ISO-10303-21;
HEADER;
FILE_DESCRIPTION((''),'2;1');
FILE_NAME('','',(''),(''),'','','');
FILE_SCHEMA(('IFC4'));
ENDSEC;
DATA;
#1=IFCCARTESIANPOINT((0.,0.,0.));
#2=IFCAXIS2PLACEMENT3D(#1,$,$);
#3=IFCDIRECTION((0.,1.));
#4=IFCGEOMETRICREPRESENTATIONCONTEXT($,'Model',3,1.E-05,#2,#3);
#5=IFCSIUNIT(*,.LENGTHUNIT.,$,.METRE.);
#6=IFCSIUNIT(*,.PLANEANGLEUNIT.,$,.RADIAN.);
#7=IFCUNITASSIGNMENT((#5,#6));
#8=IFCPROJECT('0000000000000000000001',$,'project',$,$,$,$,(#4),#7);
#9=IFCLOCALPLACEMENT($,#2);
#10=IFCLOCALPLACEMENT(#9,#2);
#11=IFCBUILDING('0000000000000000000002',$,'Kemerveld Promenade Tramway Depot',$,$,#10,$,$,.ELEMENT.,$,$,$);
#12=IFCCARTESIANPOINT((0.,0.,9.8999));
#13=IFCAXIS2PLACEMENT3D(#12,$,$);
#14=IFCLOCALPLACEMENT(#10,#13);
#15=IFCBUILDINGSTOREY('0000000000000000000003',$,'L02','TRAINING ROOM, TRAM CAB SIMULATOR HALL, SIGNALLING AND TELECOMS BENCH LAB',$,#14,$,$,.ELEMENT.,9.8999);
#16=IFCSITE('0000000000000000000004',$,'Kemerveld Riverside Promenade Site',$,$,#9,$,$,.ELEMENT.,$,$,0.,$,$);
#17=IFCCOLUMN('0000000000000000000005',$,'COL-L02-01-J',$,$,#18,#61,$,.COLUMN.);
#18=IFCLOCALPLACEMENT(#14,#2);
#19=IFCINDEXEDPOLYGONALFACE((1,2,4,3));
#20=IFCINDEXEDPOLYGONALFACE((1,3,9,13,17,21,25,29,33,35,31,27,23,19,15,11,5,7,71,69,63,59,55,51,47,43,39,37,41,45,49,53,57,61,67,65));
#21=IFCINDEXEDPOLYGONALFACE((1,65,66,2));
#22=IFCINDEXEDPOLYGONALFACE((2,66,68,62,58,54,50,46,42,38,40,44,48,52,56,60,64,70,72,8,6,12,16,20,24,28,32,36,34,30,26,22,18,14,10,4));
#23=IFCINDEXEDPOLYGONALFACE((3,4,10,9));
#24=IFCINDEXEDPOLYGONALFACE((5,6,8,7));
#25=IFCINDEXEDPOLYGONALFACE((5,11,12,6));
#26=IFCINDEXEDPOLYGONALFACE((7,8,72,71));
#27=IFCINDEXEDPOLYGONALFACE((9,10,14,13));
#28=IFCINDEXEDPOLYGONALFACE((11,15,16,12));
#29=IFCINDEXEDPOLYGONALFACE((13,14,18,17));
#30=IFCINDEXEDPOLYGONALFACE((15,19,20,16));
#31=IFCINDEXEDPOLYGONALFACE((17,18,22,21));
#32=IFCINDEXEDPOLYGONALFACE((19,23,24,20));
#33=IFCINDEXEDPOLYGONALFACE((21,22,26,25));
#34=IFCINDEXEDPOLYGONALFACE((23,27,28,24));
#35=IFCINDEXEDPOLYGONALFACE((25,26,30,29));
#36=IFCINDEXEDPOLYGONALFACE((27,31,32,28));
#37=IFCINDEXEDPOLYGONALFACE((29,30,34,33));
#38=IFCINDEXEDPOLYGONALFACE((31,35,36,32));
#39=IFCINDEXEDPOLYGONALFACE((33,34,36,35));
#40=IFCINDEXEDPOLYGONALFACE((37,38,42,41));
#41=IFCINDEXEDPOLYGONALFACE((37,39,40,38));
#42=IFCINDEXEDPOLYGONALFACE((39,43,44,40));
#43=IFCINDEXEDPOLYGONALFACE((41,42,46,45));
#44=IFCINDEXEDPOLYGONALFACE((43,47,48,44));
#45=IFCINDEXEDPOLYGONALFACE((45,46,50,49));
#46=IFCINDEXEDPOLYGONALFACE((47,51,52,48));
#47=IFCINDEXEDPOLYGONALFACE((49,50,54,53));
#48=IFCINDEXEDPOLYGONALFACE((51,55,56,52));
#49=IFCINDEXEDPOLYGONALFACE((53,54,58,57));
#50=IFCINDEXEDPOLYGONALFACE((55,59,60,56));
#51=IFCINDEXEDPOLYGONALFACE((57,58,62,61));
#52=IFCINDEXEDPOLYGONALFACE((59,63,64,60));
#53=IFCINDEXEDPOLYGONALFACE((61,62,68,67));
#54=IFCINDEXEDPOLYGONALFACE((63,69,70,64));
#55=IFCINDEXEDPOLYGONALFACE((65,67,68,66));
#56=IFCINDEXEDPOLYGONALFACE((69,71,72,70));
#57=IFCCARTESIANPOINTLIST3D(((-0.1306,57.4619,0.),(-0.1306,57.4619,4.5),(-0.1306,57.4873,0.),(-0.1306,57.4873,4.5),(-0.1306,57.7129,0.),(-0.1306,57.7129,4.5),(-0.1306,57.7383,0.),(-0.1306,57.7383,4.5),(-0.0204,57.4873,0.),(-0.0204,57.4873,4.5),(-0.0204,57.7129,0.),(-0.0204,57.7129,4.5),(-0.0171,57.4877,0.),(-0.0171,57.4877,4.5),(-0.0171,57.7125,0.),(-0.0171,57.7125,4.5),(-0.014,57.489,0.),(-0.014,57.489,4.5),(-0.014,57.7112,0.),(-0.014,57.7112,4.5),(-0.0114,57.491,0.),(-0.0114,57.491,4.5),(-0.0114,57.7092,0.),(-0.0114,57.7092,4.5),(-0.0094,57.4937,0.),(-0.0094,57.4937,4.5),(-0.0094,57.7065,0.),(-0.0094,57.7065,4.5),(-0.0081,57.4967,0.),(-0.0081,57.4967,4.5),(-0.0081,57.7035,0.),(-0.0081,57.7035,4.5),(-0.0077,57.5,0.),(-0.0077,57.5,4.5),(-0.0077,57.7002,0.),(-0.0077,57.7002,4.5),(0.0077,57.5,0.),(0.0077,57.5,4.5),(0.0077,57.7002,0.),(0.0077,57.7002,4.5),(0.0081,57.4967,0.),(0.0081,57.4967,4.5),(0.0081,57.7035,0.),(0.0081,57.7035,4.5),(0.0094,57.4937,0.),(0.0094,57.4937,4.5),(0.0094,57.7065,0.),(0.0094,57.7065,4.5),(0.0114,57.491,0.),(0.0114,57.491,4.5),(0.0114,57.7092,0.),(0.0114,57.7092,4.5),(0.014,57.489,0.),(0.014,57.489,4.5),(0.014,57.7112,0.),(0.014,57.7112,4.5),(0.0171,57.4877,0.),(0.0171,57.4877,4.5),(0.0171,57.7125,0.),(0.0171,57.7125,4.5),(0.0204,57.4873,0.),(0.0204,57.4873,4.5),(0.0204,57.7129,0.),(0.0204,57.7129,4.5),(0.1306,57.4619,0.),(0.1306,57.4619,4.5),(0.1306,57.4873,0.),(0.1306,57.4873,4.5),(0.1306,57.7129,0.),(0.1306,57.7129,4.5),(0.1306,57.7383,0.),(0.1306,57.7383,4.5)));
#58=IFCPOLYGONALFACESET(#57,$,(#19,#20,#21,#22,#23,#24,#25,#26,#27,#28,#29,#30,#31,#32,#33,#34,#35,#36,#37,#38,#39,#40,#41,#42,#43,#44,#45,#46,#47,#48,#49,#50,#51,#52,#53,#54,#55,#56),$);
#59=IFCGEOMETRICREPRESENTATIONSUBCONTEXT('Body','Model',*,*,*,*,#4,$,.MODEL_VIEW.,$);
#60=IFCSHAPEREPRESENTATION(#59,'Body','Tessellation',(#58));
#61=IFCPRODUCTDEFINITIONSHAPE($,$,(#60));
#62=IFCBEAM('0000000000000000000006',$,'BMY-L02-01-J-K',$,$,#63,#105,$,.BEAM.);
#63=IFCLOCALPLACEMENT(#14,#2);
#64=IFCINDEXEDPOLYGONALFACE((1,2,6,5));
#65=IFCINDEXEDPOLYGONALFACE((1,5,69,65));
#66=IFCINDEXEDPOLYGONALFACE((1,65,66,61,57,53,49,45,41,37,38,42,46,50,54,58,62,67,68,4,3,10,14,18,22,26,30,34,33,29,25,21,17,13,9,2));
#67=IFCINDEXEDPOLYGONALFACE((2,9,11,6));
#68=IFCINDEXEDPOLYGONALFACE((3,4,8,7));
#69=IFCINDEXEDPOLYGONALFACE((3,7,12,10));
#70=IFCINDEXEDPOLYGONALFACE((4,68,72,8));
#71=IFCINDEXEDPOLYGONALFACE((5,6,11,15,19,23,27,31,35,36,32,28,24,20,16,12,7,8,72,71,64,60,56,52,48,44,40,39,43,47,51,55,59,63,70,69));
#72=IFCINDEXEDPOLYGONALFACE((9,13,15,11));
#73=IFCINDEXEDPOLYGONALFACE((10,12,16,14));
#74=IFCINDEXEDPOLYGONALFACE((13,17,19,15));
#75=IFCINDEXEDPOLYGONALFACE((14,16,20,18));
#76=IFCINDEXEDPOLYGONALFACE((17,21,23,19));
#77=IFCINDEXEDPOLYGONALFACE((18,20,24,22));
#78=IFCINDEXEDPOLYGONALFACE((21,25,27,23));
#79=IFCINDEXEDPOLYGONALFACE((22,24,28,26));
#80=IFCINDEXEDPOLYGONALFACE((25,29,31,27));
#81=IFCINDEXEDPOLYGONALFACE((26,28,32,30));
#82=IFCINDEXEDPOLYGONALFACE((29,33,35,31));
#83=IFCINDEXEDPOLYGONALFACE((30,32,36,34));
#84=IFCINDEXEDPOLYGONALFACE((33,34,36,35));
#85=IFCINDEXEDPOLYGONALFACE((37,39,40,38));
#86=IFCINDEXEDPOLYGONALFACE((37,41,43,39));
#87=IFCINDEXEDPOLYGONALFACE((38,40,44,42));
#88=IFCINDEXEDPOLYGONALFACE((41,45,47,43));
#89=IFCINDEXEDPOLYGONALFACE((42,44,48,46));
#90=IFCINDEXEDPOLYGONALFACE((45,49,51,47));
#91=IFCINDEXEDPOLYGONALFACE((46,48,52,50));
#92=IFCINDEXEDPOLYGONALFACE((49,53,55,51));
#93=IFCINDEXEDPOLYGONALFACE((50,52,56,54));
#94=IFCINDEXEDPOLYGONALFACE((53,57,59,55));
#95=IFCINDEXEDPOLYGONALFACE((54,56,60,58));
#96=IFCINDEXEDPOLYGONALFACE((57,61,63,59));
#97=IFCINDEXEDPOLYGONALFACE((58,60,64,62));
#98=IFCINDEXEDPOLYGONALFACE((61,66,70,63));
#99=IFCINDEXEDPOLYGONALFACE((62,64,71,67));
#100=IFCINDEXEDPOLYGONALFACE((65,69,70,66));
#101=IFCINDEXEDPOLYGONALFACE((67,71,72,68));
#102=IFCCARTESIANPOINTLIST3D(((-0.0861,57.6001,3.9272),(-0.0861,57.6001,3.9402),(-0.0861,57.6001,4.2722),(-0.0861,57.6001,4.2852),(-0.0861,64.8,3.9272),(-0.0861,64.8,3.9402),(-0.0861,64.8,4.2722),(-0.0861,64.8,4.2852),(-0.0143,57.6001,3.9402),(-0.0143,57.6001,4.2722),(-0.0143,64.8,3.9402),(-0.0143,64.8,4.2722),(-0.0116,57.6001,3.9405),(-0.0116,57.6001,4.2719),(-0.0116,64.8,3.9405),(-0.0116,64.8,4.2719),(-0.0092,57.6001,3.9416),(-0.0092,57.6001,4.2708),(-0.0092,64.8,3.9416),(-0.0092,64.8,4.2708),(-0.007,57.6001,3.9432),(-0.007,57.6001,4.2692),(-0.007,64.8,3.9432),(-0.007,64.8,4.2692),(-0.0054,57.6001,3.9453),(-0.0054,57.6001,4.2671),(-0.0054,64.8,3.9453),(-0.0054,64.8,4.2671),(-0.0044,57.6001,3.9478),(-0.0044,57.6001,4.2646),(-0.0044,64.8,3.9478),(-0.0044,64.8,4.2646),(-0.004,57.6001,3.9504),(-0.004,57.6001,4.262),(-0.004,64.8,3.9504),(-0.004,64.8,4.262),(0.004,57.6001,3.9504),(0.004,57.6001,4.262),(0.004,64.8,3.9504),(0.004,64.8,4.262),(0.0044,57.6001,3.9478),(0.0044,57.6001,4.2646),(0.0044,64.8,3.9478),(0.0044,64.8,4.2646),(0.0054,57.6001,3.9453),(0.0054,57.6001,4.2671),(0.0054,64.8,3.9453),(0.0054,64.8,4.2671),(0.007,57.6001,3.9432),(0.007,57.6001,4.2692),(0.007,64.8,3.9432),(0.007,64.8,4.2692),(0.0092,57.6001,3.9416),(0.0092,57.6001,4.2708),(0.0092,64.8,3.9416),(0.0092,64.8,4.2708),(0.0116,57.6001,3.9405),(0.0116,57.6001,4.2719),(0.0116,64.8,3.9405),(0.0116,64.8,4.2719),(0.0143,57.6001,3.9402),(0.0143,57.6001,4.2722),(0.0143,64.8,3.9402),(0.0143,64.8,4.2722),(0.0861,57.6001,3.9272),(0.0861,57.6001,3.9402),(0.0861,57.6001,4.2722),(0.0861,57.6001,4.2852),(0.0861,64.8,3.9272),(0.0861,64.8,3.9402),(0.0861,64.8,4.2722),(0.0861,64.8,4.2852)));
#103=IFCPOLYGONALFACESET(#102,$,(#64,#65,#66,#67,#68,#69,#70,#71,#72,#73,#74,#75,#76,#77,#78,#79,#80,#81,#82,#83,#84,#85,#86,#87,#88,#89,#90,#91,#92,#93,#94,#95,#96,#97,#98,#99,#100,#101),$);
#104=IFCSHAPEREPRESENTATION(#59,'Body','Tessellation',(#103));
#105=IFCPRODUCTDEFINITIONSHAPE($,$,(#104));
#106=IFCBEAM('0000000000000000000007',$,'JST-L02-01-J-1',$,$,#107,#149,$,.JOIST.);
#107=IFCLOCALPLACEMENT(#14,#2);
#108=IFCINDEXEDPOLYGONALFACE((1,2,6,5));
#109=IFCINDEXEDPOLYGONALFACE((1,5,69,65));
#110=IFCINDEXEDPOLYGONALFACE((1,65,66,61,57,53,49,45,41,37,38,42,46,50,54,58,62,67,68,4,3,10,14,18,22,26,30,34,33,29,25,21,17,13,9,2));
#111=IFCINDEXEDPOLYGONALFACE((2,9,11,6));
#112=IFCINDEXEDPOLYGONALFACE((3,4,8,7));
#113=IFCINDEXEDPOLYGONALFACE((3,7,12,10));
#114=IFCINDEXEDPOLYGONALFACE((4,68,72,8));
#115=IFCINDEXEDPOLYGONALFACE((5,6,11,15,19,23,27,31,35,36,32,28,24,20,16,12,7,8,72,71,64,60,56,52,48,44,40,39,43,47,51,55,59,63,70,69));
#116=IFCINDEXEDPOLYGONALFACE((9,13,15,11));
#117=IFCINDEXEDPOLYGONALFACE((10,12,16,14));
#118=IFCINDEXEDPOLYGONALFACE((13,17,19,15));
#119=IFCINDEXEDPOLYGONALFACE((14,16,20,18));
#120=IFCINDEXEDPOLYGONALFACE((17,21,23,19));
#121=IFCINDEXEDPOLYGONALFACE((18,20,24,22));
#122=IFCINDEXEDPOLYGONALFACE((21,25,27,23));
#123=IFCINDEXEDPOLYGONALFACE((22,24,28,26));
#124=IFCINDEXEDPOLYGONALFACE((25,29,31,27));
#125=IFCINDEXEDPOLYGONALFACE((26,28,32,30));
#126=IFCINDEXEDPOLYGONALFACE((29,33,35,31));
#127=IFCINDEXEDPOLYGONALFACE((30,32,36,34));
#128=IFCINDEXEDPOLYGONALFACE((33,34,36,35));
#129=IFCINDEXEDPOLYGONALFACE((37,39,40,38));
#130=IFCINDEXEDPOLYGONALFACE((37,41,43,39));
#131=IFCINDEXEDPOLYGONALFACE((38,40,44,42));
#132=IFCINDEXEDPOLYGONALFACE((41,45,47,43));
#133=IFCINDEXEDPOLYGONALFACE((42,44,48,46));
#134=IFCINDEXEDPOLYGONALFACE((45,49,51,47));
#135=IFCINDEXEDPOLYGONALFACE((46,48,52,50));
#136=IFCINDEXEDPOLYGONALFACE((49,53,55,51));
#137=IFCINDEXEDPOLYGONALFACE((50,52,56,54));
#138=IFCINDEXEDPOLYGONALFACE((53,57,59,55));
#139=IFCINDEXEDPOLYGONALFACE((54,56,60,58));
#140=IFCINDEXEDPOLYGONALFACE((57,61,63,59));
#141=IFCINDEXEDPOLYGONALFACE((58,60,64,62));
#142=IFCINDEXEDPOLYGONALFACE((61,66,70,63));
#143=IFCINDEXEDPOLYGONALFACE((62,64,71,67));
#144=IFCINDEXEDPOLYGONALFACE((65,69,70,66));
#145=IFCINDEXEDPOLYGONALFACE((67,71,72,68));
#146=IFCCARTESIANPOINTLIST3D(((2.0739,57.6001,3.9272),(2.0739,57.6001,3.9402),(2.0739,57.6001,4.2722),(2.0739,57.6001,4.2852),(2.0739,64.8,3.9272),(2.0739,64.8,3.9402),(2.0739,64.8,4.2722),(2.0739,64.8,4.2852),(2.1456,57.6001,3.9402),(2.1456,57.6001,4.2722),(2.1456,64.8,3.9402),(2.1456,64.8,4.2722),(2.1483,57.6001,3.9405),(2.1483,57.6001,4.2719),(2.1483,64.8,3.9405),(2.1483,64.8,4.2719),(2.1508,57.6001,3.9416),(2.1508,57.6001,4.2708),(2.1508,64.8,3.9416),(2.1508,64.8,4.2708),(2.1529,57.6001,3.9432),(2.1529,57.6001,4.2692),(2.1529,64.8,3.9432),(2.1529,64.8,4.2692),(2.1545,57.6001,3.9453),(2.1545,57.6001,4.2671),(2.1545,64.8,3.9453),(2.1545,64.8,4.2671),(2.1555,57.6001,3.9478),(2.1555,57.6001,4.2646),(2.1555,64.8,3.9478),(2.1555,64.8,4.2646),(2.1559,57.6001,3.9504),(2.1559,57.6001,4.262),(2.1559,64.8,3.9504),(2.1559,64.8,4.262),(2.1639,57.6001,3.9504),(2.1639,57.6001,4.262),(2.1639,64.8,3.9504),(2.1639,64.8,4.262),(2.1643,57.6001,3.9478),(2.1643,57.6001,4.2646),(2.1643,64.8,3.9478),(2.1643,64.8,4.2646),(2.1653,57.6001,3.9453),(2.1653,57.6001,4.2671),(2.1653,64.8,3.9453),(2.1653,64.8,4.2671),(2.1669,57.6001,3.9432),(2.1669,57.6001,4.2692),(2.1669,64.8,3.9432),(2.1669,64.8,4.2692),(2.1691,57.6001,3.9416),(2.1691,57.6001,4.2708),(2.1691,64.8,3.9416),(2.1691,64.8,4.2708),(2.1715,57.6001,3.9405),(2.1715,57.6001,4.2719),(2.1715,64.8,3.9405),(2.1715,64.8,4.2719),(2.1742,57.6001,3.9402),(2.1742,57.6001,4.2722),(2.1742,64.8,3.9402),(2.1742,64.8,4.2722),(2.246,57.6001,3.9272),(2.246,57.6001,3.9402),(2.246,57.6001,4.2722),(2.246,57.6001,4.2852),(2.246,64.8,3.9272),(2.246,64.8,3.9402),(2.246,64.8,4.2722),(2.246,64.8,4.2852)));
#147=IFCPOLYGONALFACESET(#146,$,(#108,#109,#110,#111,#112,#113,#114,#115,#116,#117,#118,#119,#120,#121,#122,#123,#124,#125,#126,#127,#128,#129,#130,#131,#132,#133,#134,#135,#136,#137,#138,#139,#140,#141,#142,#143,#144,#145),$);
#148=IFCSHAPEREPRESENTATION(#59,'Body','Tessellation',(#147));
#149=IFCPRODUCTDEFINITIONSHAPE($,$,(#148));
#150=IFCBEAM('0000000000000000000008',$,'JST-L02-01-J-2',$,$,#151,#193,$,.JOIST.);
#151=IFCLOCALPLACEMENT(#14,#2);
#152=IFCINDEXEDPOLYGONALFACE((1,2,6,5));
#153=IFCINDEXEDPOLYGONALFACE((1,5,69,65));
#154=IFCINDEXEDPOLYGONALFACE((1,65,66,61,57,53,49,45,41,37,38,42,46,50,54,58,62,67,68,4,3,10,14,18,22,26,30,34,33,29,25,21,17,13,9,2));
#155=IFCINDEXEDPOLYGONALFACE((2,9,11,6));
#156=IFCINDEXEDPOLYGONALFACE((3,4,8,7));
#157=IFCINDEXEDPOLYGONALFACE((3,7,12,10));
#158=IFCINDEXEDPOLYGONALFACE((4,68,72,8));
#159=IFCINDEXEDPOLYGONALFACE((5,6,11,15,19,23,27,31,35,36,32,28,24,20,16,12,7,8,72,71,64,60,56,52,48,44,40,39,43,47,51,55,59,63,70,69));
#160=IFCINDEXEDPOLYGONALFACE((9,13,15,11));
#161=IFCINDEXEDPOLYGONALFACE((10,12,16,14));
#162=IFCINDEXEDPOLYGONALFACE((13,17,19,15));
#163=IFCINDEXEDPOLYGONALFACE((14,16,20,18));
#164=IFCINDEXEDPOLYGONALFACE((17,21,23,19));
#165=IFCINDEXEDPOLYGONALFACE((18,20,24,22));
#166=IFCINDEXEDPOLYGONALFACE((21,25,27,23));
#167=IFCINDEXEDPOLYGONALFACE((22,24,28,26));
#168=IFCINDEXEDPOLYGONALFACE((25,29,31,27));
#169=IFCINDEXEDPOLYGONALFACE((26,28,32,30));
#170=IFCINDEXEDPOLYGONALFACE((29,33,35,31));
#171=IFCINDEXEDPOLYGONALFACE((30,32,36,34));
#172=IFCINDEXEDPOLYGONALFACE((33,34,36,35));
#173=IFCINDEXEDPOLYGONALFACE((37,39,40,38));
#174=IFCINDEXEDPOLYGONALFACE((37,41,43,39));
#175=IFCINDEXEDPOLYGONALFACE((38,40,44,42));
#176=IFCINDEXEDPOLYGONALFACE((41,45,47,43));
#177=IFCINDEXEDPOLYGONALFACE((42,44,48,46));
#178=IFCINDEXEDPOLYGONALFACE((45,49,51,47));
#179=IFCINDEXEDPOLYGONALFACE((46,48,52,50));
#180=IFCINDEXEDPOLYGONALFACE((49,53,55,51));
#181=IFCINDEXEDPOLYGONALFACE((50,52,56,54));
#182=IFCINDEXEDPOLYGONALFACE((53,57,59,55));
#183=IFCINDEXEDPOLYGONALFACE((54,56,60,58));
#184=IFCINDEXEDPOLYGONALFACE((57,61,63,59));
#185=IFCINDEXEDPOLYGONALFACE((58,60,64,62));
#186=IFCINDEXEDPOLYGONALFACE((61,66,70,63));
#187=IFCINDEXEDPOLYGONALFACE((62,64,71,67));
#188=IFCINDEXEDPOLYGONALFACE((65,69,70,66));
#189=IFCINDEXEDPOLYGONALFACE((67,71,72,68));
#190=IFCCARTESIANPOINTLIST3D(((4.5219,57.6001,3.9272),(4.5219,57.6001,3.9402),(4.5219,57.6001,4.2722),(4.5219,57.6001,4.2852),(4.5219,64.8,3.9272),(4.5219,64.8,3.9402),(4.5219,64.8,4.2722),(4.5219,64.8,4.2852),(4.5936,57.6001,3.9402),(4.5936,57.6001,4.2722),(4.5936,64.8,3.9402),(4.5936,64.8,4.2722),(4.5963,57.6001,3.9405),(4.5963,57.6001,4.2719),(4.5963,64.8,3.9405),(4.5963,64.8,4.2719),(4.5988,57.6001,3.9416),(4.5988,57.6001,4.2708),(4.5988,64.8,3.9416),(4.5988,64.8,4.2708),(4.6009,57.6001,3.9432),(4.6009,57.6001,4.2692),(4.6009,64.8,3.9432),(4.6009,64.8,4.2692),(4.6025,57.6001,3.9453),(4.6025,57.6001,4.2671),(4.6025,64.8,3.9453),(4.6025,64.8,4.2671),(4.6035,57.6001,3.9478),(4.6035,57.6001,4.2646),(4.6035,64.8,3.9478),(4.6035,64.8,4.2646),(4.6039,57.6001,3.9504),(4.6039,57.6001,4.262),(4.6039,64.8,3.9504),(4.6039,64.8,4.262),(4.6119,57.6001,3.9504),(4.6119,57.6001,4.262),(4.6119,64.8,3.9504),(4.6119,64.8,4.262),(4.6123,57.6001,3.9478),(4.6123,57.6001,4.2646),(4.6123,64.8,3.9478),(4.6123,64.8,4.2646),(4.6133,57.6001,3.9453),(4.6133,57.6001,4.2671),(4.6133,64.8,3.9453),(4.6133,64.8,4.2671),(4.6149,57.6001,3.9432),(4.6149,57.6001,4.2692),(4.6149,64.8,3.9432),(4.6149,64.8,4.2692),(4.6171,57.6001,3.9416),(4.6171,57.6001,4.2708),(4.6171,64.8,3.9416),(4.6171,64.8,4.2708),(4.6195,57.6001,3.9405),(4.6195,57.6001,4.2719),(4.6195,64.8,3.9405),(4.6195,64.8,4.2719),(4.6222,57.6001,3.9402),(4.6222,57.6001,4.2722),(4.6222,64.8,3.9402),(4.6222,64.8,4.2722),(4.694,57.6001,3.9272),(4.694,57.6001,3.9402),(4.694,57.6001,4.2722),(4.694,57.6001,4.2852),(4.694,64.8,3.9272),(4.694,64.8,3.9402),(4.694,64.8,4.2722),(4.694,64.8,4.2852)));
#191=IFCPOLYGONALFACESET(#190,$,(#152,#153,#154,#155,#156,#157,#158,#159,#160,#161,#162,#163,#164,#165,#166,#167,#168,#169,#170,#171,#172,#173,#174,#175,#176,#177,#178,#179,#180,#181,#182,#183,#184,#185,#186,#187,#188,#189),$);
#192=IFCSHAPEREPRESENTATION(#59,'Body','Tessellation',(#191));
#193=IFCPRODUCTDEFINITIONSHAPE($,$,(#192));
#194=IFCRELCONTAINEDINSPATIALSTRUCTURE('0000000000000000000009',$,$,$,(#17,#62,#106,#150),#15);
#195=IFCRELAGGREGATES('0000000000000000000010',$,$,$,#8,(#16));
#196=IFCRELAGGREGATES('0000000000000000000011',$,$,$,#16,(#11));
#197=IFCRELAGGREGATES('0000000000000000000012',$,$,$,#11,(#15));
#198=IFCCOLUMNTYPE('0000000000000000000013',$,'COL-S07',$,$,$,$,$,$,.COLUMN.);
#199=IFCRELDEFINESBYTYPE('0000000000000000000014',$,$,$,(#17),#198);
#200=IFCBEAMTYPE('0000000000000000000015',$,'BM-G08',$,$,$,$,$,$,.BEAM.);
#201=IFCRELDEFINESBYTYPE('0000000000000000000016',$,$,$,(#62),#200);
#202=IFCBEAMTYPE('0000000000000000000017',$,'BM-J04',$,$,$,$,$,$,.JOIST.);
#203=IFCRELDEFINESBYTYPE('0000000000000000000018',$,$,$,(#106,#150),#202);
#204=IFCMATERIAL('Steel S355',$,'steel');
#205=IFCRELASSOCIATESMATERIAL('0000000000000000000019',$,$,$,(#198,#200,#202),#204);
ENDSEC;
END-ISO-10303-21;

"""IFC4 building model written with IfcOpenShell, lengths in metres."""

from ifc_helpers import new_model, si_unit, direction, frame, origin, origin_2d, place, context, subcontext, project, spatial, i_section, extrude, material, material_profile, profile_set, type_object, element, save


model = new_model("IFC4")

# Units and contexts
model_context = context("Model", 3, precision=1e-05, world=origin(), true_north=direction((0.0, 1.0)))
body_context = subcontext(model_context, "Body", "Model", "MODEL_VIEW")
ifc_project = project(units=[si_unit("LENGTHUNIT", "METRE"), si_unit("PLANEANGLEUNIT", "RADIAN")], contexts=[model_context])

# Site, building, storey
site_placement = place(None, origin())
site = spatial("IfcSite", under=ifc_project, at=site_placement, Name="Kemerveld Riverside Promenade Site", CompositionType="ELEMENT", RefElevation=0.0)
building_placement = place(site_placement, origin())
building = spatial("IfcBuilding", under=site, at=building_placement, Name="Kemerveld Promenade Tramway Depot", CompositionType="ELEMENT")
storey_placement = place(building_placement, frame((0.0, 0.0, 9.8999)))
storey = spatial("IfcBuildingStorey", under=building, at=storey_placement, Name="L02", Description="TRAINING ROOM, TRAM CAB SIMULATOR HALL, SIGNALLING AND TELECOMS BENCH LAB", CompositionType="ELEMENT", Elevation=9.8999)

# Column
ifc_material_1 = material(Name="Steel S355", Category="steel")
ifc_material_profile_1 = material_profile(ifc_material_1, i_section(OverallWidth=0.2612, OverallDepth=0.2764, WebThickness=0.0154, FlangeThickness=0.0254, FilletRadius=0.0127, at=origin_2d()), Name="254x254x132 UC")
ifc_profile_set_1 = profile_set([ifc_material_profile_1], Name="Steel S355")
column_type = type_object("IfcColumnType", Name="COL-S07", PredefinedType="COLUMN", material=ifc_profile_set_1)
column_placement = place(storey_placement, frame((0.0, 57.6001, 0.0), z_axis=(0.0, 0.0, 1.0), x_axis=(1.0, 0.0, 0.0)))
element("IfcColumn", 1, at=column_placement, inside=storey, type_object=column_type, Name="COL-L02-01-J", PredefinedType="COLUMN", context=body_context, shape_type="SweptSolid", body=[
    extrude(i_section(OverallWidth=0.2612, OverallDepth=0.2764, WebThickness=0.0154, FlangeThickness=0.0254, FilletRadius=0.0127, at=origin_2d()), origin(), (0.0, 0.0, 1.0), 4.5),
])

# Beams
ifc_material_profile_2 = material_profile(ifc_material_1, i_section(OverallWidth=0.1721, OverallDepth=0.3579, WebThickness=0.0081, FlangeThickness=0.0129, FilletRadius=0.0103, at=origin_2d()), Name="356x171x57 UB")
ifc_profile_set_2 = profile_set([ifc_material_profile_2], Name="Steel S355")
beam_type_1 = type_object("IfcBeamType", Name="BM-G08", PredefinedType="BEAM", material=ifc_profile_set_2)
beam_1_placement = place(storey_placement, frame((0.0, 57.6001, 4.1062), z_axis=(0.0, 1.0, 0.0), x_axis=(-1.0, 0.0, 0.0)))
element("IfcBeam", 2, at=beam_1_placement, inside=storey, type_object=beam_type_1, Name="BMY-L02-01-J-K", PredefinedType="BEAM", context=body_context, shape_type="SweptSolid", body=[
    extrude(i_section(OverallWidth=0.1721, OverallDepth=0.3579, WebThickness=0.0081, FlangeThickness=0.0129, FilletRadius=0.0103, at=origin_2d()), origin(), (0.0, 0.0, 1.0), 7.2),
])
ifc_material_profile_3 = material_profile(ifc_material_1, i_section(OverallWidth=0.1721, OverallDepth=0.3579, WebThickness=0.0081, FlangeThickness=0.0129, FilletRadius=0.0103, at=origin_2d()), Name="356x171x57 UB")
ifc_profile_set_3 = profile_set([ifc_material_profile_3], Name="Steel S355")
beam_type_2 = type_object("IfcBeamType", Name="BM-J04", PredefinedType="JOIST", material=ifc_profile_set_3)
for number, where, z_axis, x_axis, name in (
    (3, (2.1599, 57.6001, 4.1062), (0.0, 1.0, 0.0), (-1.0, 0.0, 0.0), "JST-L02-01-J-1"),
    (4, (4.6079, 57.6001, 4.1062), (0.0, 1.0, 0.0), (-1.0, 0.0, 0.0), "JST-L02-01-J-2"),
):
    element("IfcBeam", number, at=place(storey_placement, frame(where, z_axis=z_axis, x_axis=x_axis)), inside=storey, type_object=beam_type_2, Name=name, PredefinedType="JOIST", context=body_context, shape_type="SweptSolid", body=[
        extrude(i_section(OverallWidth=0.1721, OverallDepth=0.3579, WebThickness=0.0081, FlangeThickness=0.0129, FilletRadius=0.0103, at=origin_2d()), origin(), (0.0, 0.0, 1.0), 7.2),
    ])

save(model, "model.ifc")
